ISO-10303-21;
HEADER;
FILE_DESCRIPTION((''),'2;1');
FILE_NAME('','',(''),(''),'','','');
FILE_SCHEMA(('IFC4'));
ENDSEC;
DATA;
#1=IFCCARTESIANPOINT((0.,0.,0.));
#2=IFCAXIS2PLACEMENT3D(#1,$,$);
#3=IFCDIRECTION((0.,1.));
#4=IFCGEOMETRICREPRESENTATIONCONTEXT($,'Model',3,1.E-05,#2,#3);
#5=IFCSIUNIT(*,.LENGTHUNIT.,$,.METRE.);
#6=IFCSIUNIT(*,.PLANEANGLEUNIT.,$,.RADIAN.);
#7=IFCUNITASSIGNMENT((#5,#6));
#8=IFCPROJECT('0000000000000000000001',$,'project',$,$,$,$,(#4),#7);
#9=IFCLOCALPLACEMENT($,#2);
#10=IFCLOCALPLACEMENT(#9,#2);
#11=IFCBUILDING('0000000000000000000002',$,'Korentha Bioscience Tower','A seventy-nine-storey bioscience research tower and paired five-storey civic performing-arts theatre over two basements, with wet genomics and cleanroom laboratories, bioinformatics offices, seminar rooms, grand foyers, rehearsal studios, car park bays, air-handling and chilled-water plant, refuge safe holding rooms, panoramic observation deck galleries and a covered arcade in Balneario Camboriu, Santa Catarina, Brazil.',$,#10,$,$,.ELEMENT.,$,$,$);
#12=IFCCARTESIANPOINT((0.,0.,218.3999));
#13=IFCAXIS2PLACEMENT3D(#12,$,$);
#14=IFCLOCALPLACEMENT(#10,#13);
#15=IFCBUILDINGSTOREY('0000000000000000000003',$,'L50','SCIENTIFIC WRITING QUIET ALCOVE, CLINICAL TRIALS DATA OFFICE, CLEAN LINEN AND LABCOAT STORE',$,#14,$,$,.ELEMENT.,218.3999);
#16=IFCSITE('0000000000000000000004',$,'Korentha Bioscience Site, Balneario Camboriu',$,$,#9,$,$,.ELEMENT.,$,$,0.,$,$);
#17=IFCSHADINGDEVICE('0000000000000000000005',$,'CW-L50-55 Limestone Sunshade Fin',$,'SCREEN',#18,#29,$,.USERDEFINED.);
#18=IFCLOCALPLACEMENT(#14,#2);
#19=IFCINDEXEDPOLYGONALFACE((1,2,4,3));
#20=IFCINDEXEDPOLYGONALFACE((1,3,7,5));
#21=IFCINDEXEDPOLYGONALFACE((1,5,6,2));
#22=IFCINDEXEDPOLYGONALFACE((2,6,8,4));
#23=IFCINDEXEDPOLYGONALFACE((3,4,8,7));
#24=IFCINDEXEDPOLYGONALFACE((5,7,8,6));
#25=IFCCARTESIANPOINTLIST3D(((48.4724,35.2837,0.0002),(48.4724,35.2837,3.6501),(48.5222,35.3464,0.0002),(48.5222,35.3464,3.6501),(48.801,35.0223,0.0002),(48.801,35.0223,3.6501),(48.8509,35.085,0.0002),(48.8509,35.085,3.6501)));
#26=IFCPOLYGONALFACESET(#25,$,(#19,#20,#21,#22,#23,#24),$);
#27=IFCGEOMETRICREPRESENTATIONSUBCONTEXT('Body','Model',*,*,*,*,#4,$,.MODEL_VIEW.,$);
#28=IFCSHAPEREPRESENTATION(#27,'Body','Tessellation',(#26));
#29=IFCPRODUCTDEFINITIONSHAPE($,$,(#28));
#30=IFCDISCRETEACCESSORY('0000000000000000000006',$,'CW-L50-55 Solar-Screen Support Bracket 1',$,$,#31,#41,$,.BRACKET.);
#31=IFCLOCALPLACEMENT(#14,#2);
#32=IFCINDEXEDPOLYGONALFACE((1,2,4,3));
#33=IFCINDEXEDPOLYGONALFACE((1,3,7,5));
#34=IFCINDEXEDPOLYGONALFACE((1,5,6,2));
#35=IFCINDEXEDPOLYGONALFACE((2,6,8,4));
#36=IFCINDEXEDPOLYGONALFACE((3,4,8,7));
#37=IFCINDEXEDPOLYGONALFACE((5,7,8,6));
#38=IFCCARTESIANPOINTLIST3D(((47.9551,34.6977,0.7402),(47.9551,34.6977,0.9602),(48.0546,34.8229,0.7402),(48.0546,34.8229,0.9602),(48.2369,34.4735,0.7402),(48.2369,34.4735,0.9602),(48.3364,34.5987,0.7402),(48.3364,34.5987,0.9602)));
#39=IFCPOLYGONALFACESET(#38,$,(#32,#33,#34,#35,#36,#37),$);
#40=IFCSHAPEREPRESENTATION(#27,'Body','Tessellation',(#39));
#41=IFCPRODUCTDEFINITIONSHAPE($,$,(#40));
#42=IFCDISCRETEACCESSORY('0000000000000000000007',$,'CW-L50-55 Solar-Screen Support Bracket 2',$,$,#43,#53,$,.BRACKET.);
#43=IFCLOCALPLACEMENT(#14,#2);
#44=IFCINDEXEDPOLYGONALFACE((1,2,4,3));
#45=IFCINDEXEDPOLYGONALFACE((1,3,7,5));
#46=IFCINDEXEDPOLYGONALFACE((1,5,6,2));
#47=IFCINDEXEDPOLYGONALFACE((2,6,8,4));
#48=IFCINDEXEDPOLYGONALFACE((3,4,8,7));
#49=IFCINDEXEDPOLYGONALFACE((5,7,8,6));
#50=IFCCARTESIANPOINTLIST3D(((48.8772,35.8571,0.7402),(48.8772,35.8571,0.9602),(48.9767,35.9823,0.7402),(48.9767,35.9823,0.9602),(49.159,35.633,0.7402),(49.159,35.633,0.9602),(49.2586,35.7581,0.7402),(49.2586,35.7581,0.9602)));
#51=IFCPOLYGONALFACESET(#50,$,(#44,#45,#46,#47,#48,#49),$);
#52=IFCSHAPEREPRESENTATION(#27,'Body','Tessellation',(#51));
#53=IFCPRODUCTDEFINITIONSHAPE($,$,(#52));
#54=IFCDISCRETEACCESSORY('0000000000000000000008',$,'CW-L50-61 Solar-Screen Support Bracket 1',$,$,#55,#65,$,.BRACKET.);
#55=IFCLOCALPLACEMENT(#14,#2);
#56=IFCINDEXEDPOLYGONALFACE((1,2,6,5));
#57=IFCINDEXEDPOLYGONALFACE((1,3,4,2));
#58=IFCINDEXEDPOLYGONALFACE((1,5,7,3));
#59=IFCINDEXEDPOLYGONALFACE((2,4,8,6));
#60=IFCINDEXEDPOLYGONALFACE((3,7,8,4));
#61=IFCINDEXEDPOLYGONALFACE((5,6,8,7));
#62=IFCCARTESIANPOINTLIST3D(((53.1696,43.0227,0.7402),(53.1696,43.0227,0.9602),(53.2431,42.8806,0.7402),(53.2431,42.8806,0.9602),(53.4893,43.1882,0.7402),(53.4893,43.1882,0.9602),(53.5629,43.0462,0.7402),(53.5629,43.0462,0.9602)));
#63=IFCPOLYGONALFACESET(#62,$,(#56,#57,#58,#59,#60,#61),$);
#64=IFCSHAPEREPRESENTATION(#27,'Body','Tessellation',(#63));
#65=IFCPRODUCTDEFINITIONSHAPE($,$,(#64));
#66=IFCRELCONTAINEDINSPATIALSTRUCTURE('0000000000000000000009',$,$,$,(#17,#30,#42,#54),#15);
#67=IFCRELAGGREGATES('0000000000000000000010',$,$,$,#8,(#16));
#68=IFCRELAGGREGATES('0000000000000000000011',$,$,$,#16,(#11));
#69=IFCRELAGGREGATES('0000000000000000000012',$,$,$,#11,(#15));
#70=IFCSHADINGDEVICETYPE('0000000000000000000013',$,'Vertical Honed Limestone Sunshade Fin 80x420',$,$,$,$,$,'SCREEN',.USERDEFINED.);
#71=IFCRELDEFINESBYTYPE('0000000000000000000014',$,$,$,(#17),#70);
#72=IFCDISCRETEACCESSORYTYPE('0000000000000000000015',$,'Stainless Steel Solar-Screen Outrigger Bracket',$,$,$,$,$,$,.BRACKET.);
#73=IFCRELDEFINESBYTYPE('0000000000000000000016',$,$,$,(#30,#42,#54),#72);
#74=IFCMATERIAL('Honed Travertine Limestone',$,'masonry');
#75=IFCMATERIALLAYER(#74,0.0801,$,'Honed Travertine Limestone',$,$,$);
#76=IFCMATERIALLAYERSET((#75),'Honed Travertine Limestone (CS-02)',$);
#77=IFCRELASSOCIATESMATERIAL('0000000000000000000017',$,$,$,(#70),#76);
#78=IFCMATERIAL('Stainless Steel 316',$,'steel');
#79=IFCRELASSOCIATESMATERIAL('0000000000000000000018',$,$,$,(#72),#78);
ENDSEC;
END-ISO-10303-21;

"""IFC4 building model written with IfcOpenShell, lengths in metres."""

from ifc_helpers import new_model, si_unit, direction, frame, origin, origin_2d, place, context, subcontext, project, spatial, rectangle, extrude, material, layer, layer_set, type_object, element, save


model = new_model("IFC4")

# Units and contexts
model_context = context("Model", 3, precision=1e-05, world=origin(), true_north=direction((0.0, 1.0)))
body_context = subcontext(model_context, "Body", "Model", "MODEL_VIEW")
ifc_project = project(units=[si_unit("LENGTHUNIT", "METRE"), si_unit("PLANEANGLEUNIT", "RADIAN")], contexts=[model_context])

# Site, building, storey
site_placement = place(None, origin())
site = spatial("IfcSite", under=ifc_project, at=site_placement, Name="Korentha Bioscience Site, Balneario Camboriu", CompositionType="ELEMENT", RefElevation=0.0)
building_placement = place(site_placement, origin())
building = spatial("IfcBuilding", under=site, at=building_placement, Name="Korentha Bioscience Tower", Description="A seventy-nine-storey bioscience research tower and paired five-storey civic performing-arts theatre over two basements, with wet genomics and cleanroom laboratories, bioinformatics offices, seminar rooms, grand foyers, rehearsal studios, car park bays, air-handling and chilled-water plant, refuge safe holding rooms, panoramic observation deck galleries and a covered arcade in Balneario Camboriu, Santa Catarina, Brazil.", CompositionType="ELEMENT")
storey_placement = place(building_placement, frame((0.0, 0.0, 218.3999)))
storey = spatial("IfcBuildingStorey", under=building, at=storey_placement, Name="L50", Description="SCIENTIFIC WRITING QUIET ALCOVE, CLINICAL TRIALS DATA OFFICE, CLEAN LINEN AND LABCOAT STORE", CompositionType="ELEMENT", Elevation=218.3999)

# Shading device
ifc_material_1 = material(Name="Honed Travertine Limestone", Category="masonry")
ifc_layer_1 = layer(ifc_material_1, 0.0801, Name="Honed Travertine Limestone")
ifc_layer_set_1 = layer_set([ifc_layer_1], Name="Honed Travertine Limestone (CS-02)")
shading_device_type_1 = type_object("IfcShadingDeviceType", Name="Vertical Honed Limestone Sunshade Fin 80x420", ElementType="SCREEN", PredefinedType="USERDEFINED", material=ifc_layer_set_1)
shading_device_1_placement = place(storey_placement, frame((48.6616, 35.1843, 0.0002), z_axis=(0.0, 0.0, 1.0), x_axis=(0.622512, 0.78261, 0.0)))
element("IfcShadingDevice", 1, at=shading_device_1_placement, inside=storey, type_object=shading_device_type_1, Name="CW-L50-55 Limestone Sunshade Fin", ObjectType="SCREEN", PredefinedType="USERDEFINED", context=body_context, shape_type="SweptSolid", body=[
    extrude(rectangle(XDim=0.0801, YDim=0.4199, at=origin_2d()), origin(), (0.0, 0.0, 1.0), 3.6499),
])

# Discrete accessories
ifc_material_2 = material(Name="Stainless Steel 316", Category="steel")
discrete_accessory_type = type_object("IfcDiscreteAccessoryType", Name="Stainless Steel Solar-Screen Outrigger Bracket", PredefinedType="BRACKET", material=ifc_material_2)
for number, where, z_axis, x_axis, name in (
    (2, (48.1458, 34.6482, 0.7402), (0.0, 0.0, 1.0), (0.622512, 0.78261, 0.0), "CW-L50-55 Solar-Screen Support Bracket 1"),
    (3, (49.0679, 35.8076, 0.7402), (0.0, 0.0, 1.0), (0.622512, 0.78261, 0.0), "CW-L50-55 Solar-Screen Support Bracket 2"),
    (4, (53.3662, 43.0344, 0.7402), (0.0, 0.0, 1.0), (-0.459738, 0.888055, 0.0), "CW-L50-61 Solar-Screen Support Bracket 1"),
):
    element("IfcDiscreteAccessory", number, at=place(storey_placement, frame(where, z_axis=z_axis, x_axis=x_axis)), inside=storey, type_object=discrete_accessory_type, Name=name, PredefinedType="BRACKET", context=body_context, shape_type="SweptSolid", body=[
        extrude(rectangle(XDim=0.1599, YDim=0.3601, at=origin_2d()), origin(), (0.0, 0.0, 1.0), 0.22),
    ])

save(model, "model.ifc")
